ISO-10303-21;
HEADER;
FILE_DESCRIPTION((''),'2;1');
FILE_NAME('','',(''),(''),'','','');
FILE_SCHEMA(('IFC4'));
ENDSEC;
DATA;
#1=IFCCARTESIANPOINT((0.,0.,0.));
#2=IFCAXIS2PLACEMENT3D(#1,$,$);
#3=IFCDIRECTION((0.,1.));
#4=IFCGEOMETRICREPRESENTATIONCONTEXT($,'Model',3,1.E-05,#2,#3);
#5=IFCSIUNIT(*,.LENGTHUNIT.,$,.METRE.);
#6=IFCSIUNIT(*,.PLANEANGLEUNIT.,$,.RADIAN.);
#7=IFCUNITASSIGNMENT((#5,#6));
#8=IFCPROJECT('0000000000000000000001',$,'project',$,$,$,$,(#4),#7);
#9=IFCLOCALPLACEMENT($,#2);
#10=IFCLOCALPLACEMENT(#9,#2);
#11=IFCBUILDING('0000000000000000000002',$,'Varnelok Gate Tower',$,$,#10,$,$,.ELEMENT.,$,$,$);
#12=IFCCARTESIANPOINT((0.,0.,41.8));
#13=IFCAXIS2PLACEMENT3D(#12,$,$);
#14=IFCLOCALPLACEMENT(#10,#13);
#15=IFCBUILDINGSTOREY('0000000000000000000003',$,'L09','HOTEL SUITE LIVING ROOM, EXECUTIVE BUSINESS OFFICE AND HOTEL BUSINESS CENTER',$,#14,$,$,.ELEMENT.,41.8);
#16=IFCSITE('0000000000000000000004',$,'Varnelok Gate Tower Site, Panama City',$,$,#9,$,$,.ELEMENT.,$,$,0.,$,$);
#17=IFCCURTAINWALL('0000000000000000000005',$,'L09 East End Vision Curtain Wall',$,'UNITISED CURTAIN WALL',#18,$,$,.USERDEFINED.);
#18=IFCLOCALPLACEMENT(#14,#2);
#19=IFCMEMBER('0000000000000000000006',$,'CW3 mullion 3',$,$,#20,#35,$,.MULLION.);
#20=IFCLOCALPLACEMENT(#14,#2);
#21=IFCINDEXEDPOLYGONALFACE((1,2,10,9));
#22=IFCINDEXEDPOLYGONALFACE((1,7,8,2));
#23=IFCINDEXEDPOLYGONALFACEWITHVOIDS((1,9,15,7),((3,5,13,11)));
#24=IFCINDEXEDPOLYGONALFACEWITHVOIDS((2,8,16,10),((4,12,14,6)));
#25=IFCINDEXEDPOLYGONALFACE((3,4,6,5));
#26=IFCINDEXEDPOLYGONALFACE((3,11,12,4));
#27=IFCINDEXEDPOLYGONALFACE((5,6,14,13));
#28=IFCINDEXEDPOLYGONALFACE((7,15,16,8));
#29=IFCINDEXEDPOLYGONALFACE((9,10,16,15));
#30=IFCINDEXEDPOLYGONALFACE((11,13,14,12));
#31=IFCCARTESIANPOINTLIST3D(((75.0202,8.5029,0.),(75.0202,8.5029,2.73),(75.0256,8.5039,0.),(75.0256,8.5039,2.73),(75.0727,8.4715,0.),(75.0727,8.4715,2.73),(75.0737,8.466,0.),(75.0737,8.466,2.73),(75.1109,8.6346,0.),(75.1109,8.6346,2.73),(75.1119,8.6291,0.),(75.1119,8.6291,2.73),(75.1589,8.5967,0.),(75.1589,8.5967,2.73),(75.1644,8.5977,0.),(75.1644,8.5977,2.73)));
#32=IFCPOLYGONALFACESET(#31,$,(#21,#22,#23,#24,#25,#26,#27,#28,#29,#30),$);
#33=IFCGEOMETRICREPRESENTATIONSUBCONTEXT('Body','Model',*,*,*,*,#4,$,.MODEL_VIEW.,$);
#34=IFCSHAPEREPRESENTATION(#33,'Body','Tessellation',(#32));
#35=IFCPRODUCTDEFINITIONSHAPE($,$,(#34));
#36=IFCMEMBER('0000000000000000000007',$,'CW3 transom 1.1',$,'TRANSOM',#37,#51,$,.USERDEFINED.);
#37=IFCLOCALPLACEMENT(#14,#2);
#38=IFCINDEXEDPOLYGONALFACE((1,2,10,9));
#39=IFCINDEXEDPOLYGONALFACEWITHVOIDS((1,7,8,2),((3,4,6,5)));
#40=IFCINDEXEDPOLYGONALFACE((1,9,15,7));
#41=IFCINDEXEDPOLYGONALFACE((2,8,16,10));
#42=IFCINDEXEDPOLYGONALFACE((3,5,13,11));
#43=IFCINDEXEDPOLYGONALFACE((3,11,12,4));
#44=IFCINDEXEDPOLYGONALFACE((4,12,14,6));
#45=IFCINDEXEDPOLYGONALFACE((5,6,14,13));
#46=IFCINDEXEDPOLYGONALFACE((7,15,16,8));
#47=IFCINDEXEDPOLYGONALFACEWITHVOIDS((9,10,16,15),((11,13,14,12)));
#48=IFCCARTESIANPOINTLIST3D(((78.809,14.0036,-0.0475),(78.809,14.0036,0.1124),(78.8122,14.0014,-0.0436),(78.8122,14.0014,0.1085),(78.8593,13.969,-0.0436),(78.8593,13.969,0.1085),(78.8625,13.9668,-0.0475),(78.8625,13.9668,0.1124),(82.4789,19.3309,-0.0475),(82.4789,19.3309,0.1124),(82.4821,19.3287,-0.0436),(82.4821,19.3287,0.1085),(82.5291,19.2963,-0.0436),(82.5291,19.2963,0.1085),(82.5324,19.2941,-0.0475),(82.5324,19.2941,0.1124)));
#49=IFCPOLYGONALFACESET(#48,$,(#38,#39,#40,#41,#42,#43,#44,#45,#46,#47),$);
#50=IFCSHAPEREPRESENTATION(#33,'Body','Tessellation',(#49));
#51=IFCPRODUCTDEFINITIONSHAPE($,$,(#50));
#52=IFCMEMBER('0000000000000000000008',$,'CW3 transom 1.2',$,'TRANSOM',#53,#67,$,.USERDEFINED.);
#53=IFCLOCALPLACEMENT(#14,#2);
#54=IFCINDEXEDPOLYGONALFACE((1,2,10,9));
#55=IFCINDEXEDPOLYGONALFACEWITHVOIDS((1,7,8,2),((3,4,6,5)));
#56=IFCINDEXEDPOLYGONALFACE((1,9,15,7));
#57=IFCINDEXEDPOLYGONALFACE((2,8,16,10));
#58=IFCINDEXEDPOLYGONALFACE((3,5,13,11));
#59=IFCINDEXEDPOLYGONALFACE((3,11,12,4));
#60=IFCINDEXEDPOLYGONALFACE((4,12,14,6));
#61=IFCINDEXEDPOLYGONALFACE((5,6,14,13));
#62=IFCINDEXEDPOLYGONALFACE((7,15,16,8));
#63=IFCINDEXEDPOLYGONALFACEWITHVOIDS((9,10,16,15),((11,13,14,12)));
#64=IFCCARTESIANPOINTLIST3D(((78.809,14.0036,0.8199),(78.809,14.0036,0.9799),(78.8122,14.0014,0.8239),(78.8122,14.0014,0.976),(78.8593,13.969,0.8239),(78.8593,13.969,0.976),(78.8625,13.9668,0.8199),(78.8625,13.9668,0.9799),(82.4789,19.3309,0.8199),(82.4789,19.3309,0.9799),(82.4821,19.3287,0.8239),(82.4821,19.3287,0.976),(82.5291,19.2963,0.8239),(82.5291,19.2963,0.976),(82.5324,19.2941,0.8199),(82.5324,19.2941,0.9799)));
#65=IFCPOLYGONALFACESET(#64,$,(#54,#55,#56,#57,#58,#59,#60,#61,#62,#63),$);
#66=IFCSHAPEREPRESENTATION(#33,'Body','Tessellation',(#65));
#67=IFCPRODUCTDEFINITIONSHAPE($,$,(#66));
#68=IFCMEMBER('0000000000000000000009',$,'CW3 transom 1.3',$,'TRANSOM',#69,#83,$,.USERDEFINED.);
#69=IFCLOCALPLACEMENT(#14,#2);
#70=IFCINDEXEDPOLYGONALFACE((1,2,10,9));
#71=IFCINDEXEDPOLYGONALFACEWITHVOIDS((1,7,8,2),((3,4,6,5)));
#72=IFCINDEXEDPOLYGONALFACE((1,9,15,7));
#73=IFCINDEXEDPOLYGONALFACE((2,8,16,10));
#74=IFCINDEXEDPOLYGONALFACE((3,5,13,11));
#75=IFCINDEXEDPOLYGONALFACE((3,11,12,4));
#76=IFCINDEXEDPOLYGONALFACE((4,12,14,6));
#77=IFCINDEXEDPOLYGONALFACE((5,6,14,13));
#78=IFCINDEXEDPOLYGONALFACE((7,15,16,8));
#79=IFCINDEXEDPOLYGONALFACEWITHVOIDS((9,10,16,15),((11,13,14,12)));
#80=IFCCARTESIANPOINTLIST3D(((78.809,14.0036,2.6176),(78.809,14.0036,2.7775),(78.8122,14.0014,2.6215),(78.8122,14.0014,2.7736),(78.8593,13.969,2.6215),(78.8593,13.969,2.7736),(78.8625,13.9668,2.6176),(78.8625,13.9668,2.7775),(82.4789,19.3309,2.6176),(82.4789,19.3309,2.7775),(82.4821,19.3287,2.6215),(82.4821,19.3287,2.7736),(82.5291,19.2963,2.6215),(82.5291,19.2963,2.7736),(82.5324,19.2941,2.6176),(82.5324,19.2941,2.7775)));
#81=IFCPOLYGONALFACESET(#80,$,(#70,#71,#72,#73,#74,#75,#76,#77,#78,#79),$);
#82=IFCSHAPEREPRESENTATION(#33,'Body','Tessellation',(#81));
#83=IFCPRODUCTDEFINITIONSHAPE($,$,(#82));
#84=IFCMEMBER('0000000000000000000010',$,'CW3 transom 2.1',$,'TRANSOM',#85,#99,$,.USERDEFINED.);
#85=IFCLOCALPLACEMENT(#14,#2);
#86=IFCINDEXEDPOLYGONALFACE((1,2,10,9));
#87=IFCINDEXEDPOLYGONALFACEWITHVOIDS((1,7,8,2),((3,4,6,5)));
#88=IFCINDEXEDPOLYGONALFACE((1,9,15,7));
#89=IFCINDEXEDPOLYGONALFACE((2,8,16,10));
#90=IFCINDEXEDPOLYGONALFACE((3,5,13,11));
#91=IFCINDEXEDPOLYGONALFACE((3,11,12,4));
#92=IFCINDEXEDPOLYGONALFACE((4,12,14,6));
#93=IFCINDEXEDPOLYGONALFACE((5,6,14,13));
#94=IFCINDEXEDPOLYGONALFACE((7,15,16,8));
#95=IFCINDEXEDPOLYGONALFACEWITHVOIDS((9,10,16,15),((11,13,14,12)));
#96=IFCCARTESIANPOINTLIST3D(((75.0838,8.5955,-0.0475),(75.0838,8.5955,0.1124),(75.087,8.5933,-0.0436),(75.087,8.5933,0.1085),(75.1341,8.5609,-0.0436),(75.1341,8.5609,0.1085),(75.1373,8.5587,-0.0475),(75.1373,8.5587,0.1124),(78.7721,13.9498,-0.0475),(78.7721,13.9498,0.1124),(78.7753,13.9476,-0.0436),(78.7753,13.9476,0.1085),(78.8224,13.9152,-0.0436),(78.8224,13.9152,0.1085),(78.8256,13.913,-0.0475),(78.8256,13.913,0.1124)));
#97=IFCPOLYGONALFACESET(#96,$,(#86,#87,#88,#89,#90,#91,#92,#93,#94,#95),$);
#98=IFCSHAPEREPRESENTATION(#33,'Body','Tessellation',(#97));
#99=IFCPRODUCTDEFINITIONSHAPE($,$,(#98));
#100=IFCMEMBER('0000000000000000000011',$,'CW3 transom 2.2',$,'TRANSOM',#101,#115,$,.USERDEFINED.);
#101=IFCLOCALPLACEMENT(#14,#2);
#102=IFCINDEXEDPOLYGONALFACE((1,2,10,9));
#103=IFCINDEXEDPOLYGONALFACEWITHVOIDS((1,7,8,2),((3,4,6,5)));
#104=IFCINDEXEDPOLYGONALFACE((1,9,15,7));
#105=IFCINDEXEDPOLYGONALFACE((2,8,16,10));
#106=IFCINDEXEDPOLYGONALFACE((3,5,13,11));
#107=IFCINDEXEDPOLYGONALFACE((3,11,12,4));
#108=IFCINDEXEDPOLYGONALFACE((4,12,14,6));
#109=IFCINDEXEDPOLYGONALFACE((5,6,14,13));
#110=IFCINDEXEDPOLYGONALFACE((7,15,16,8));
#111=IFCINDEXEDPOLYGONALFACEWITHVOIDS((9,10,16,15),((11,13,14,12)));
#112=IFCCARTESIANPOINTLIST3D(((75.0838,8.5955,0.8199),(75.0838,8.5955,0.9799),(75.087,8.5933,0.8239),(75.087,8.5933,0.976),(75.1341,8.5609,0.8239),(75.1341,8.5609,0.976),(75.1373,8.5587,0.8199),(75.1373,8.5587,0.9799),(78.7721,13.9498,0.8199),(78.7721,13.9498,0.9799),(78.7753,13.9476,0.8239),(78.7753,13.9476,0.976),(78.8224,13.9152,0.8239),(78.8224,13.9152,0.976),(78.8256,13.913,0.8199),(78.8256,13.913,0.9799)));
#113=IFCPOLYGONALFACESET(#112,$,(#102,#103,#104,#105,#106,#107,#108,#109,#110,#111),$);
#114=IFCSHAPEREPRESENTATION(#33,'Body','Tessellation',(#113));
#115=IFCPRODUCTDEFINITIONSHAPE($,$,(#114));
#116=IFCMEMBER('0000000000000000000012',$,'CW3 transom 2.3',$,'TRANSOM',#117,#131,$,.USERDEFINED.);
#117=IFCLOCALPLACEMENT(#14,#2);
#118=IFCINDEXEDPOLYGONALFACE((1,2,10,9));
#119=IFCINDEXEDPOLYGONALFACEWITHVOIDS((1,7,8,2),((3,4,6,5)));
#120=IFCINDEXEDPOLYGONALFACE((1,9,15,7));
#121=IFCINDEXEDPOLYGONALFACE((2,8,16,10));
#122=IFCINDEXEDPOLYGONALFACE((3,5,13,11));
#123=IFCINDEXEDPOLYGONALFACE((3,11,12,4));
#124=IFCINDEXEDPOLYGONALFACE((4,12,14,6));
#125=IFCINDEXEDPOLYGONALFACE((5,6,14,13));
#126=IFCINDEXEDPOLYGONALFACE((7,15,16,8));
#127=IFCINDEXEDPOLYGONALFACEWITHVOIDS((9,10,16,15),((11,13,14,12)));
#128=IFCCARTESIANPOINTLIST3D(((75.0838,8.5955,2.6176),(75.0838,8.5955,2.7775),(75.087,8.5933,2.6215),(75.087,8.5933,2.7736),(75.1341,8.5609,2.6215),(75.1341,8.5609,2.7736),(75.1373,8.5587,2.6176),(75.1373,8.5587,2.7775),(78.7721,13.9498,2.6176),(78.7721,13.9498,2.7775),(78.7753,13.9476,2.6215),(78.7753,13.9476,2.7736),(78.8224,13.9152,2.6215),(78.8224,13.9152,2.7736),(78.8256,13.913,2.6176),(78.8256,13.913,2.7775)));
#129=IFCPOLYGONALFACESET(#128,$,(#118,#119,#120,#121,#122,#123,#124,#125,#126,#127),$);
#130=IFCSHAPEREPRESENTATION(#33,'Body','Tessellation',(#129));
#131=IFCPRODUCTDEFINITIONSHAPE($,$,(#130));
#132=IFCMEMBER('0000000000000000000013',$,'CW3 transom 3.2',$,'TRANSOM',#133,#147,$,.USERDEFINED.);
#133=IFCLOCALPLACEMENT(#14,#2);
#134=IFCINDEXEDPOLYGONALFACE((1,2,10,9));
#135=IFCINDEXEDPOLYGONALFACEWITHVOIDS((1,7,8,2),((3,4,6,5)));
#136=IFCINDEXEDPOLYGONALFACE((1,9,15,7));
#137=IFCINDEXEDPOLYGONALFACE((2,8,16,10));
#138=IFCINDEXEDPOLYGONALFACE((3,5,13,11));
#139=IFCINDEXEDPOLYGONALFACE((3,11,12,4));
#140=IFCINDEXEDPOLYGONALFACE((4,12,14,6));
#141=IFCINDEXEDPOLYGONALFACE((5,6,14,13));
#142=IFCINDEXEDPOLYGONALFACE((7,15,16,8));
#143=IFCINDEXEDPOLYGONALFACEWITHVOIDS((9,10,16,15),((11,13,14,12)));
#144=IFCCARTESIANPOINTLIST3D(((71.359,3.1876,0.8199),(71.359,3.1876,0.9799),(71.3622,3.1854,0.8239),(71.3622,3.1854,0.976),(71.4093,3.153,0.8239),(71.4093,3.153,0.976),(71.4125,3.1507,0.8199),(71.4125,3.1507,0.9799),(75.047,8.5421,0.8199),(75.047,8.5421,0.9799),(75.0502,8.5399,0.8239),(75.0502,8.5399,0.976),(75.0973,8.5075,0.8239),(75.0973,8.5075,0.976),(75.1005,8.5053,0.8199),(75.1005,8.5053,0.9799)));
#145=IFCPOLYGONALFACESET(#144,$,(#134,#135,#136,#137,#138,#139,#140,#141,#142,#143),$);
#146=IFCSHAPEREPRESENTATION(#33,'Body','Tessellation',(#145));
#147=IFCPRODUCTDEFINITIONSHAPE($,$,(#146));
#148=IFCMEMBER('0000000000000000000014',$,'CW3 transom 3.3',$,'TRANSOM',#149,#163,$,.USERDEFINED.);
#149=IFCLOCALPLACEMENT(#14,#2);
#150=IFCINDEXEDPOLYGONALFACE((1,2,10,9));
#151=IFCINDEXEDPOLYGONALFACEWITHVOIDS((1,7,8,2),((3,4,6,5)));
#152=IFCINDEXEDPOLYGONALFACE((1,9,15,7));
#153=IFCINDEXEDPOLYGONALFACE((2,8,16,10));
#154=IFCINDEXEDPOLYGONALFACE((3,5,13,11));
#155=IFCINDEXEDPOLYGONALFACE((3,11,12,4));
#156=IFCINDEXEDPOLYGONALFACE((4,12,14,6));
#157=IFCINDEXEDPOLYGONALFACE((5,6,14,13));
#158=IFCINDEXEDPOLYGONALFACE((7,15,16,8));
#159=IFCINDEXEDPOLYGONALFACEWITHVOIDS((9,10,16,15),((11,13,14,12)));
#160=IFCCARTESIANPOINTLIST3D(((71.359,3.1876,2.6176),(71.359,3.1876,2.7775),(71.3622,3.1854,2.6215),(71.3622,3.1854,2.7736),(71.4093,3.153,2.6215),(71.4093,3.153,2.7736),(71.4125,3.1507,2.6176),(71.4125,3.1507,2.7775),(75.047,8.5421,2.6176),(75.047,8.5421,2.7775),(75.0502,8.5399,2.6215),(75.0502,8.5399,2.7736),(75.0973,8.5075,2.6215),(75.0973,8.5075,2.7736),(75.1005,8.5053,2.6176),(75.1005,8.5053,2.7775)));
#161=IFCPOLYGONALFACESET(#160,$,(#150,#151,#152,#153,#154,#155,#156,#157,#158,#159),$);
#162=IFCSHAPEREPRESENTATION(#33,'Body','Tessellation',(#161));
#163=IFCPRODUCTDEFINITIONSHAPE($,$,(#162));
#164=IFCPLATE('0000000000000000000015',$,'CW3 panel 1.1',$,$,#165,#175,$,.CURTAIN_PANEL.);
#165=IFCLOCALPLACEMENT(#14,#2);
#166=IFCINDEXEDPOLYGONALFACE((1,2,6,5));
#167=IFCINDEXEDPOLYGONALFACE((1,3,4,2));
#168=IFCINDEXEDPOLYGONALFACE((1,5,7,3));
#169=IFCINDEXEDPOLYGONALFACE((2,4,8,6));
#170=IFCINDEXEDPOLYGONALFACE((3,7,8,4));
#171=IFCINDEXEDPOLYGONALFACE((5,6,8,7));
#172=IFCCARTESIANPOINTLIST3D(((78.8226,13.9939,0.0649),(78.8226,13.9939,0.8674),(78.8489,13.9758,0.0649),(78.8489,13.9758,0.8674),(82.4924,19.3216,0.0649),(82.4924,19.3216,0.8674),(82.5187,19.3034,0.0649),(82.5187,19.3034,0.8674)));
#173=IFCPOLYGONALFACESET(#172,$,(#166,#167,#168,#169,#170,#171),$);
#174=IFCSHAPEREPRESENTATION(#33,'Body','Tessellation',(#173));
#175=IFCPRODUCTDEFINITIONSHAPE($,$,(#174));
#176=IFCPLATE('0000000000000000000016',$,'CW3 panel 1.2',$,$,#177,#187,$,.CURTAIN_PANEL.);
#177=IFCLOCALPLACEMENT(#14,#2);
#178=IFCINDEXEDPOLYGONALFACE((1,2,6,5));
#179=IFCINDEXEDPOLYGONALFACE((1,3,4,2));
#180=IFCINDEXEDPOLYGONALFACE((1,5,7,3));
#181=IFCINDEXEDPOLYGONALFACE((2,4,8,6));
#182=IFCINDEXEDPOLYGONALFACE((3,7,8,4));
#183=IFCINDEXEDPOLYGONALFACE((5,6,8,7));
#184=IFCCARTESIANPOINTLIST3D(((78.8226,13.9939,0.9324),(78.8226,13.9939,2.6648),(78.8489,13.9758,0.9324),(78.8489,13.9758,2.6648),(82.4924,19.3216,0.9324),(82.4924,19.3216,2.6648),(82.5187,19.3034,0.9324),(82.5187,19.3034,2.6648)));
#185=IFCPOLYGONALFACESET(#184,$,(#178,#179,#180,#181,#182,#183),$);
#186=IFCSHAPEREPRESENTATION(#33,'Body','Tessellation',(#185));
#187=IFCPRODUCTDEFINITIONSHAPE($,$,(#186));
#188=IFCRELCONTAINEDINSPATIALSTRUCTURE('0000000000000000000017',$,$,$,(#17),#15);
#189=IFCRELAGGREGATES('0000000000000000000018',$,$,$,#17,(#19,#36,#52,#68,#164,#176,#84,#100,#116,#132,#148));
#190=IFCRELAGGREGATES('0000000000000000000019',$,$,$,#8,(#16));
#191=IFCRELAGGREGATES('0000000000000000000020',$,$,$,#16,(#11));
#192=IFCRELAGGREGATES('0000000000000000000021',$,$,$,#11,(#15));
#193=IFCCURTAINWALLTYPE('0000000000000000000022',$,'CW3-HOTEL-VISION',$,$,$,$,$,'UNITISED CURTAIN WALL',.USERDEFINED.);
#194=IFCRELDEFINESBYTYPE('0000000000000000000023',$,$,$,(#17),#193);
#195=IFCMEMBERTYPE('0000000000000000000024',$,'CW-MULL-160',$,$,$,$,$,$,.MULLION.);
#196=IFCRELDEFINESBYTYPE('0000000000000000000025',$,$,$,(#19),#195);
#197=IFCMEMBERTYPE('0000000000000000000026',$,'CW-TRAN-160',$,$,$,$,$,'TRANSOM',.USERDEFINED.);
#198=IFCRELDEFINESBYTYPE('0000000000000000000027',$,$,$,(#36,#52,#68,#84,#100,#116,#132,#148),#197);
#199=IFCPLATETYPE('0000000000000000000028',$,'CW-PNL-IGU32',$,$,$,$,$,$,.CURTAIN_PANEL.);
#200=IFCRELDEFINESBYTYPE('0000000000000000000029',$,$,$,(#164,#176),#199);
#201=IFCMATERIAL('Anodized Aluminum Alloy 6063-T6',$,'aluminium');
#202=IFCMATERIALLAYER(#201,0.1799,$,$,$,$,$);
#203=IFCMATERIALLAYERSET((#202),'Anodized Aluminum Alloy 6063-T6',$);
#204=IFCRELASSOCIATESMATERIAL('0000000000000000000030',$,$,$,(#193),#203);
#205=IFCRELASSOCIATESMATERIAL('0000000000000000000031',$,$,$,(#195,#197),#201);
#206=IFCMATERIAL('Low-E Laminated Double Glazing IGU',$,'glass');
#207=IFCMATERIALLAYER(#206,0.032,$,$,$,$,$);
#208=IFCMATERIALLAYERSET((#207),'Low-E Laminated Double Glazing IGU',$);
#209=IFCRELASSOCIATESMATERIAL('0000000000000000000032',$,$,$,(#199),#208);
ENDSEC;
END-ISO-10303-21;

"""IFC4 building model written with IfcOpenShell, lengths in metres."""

from ifc_helpers import new_model, si_unit, direction, frame, origin, origin_2d, place, context, subcontext, project, spatial, rectangle, hollow_rectangle, extrude, source, transform, mapped, material, layer, layer_set, material_profile, profile_set, type_object, element, aggregate, save


model = new_model("IFC4")

# Units and contexts
model_context = context("Model", 3, precision=1e-05, world=origin(), true_north=direction((0.0, 1.0)))
body_context = subcontext(model_context, "Body", "Model", "MODEL_VIEW")
ifc_project = project(units=[si_unit("LENGTHUNIT", "METRE"), si_unit("PLANEANGLEUNIT", "RADIAN")], contexts=[model_context])

# Site, building, storey
site_placement = place(None, origin())
site = spatial("IfcSite", under=ifc_project, at=site_placement, Name="Varnelok Gate Tower Site, Panama City", CompositionType="ELEMENT", RefElevation=0.0)
building_placement = place(site_placement, origin())
building = spatial("IfcBuilding", under=site, at=building_placement, Name="Varnelok Gate Tower", CompositionType="ELEMENT")
storey_placement = place(building_placement, frame((0.0, 0.0, 41.8)))
storey = spatial("IfcBuildingStorey", under=building, at=storey_placement, Name="L09", Description="HOTEL SUITE LIVING ROOM, EXECUTIVE BUSINESS OFFICE AND HOTEL BUSINESS CENTER", CompositionType="ELEMENT", Elevation=41.8)

# Curtain wall, members, plates
ifc_material_1 = material(Name="Anodized Aluminum Alloy 6063-T6", Category="aluminium")
ifc_layer_1 = layer(ifc_material_1, 0.1799)
ifc_layer_set_1 = layer_set([ifc_layer_1], Name="Anodized Aluminum Alloy 6063-T6")
curtain_wall_type = type_object("IfcCurtainWallType", Name="CW3-HOTEL-VISION", ElementType="UNITISED CURTAIN WALL", PredefinedType="USERDEFINED", material=ifc_layer_set_1)
curtain_wall_placement = place(storey_placement, origin())
curtain_wall = element("IfcCurtainWall", 1, at=curtain_wall_placement, inside=storey, type_object=curtain_wall_type, Name="L09 East End Vision Curtain Wall", ObjectType="UNITISED CURTAIN WALL", PredefinedType="USERDEFINED")
ifc_material_profile_1 = material_profile(ifc_material_1, hollow_rectangle(XDim=0.0649, YDim=0.1599, WallThickness=0.0039, at=origin_2d()), Name="ALU160X65X4")
ifc_profile_set_1 = profile_set([ifc_material_profile_1], Name="Anodized Aluminum Alloy 6063-T6")
member_type_1 = type_object("IfcMemberType", Name="CW-MULL-160", PredefinedType="MULLION", material=ifc_profile_set_1)
member_1_placement = place(storey_placement, frame((75.0923, 8.5503, 0.0), z_axis=(0.0, 0.0, 1.0), x_axis=(0.823533, -0.567269, 0.0)))
member_1 = element("IfcMember", 2, at=member_1_placement, type_object=member_type_1, Name="CW3 mullion 3", PredefinedType="MULLION", context=body_context, shape_type="SweptSolid", body=[
    extrude(hollow_rectangle(XDim=0.0649, YDim=0.1599, WallThickness=0.0039, at=origin_2d()), origin(), (0.0, 0.0, 1.0), 2.73),
])
ifc_material_profile_2 = material_profile(ifc_material_1, hollow_rectangle(XDim=0.0649, YDim=0.1599, WallThickness=0.0039, at=origin_2d()), Name="ALU160X65X4")
ifc_profile_set_2 = profile_set([ifc_material_profile_2], Name="Anodized Aluminum Alloy 6063-T6")
member_type_2 = type_object("IfcMemberType", Name="CW-TRAN-160", ElementType="TRANSOM", PredefinedType="USERDEFINED", material=ifc_profile_set_2)
member_2_placement = place(storey_placement, frame((82.5056, 19.3125, 0.0325), z_axis=(-0.567299, -0.823512, 0.0), x_axis=(0.823512, -0.567299, 0.0)))
member_2 = element("IfcMember", 3, at=member_2_placement, type_object=member_type_2, Name="CW3 transom 1.1", ObjectType="TRANSOM", PredefinedType="USERDEFINED", context=body_context, shape_type="SweptSolid", body=[
    extrude(hollow_rectangle(XDim=0.0649, YDim=0.1599, WallThickness=0.0039, at=origin_2d()), origin(), (0.0, 0.0, 1.0), 6.469),
])
member_3_placement = place(storey_placement, frame((82.5056, 19.3125, 0.8999), z_axis=(-0.567299, -0.823512, 0.0), x_axis=(0.823512, -0.567299, 0.0)))
member_3 = element("IfcMember", 4, at=member_3_placement, type_object=member_type_2, Name="CW3 transom 1.2", ObjectType="TRANSOM", PredefinedType="USERDEFINED", context=body_context, shape_type="SweptSolid", body=[
    extrude(hollow_rectangle(XDim=0.0649, YDim=0.1599, WallThickness=0.0039, at=origin_2d()), origin(), (0.0, 0.0, 1.0), 6.469),
])
member_4_placement = place(storey_placement, frame((82.5056, 19.3125, 2.6975), z_axis=(-0.567299, -0.823512, 0.0), x_axis=(0.823512, -0.567299, 0.0)))
member_4 = element("IfcMember", 5, at=member_4_placement, type_object=member_type_2, Name="CW3 transom 1.3", ObjectType="TRANSOM", PredefinedType="USERDEFINED", context=body_context, shape_type="SweptSolid", body=[
    extrude(hollow_rectangle(XDim=0.0649, YDim=0.1599, WallThickness=0.0039, at=origin_2d()), origin(), (0.0, 0.0, 1.0), 6.469),
])
member_5_placement = place(storey_placement, frame((78.7988, 13.9314, 0.0325), z_axis=(-0.567279, -0.823526, 0.0), x_axis=(0.823526, -0.567279, 0.0)))
member_5 = element("IfcMember", 6, at=member_5_placement, type_object=member_type_2, Name="CW3 transom 2.1", ObjectType="TRANSOM", PredefinedType="USERDEFINED", context=body_context, shape_type="SweptSolid", body=[
    extrude(hollow_rectangle(XDim=0.0649, YDim=0.1599, WallThickness=0.0039, at=origin_2d()), origin(), (0.0, 0.0, 1.0), 6.5017),
])
member_6_placement = place(storey_placement, frame((78.7988, 13.9314, 0.8999), z_axis=(-0.567279, -0.823526, 0.0), x_axis=(0.823526, -0.567279, 0.0)))
member_6 = element("IfcMember", 7, at=member_6_placement, type_object=member_type_2, Name="CW3 transom 2.2", ObjectType="TRANSOM", PredefinedType="USERDEFINED", context=body_context, shape_type="SweptSolid", body=[
    extrude(hollow_rectangle(XDim=0.0649, YDim=0.1599, WallThickness=0.0039, at=origin_2d()), origin(), (0.0, 0.0, 1.0), 6.5017),
])
member_7_placement = place(storey_placement, frame((78.7988, 13.9314, 2.6975), z_axis=(-0.567279, -0.823526, 0.0), x_axis=(0.823526, -0.567279, 0.0)))
member_7 = element("IfcMember", 8, at=member_7_placement, type_object=member_type_2, Name="CW3 transom 2.3", ObjectType="TRANSOM", PredefinedType="USERDEFINED", context=body_context, shape_type="SweptSolid", body=[
    extrude(hollow_rectangle(XDim=0.0649, YDim=0.1599, WallThickness=0.0039, at=origin_2d()), origin(), (0.0, 0.0, 1.0), 6.5017),
])
member_8_placement = place(storey_placement, frame((75.0737, 8.5237, 0.8999), z_axis=(-0.567236, -0.823555, 0.0), x_axis=(0.823555, -0.567236, 0.0)))
member_8 = element("IfcMember", 9, at=member_8_placement, type_object=member_type_2, Name="CW3 transom 3.2", ObjectType="TRANSOM", PredefinedType="USERDEFINED", context=body_context, shape_type="SweptSolid", body=[
    extrude(hollow_rectangle(XDim=0.0649, YDim=0.1599, WallThickness=0.0039, at=origin_2d()), origin(), (0.0, 0.0, 1.0), 6.5017),
])
member_9_placement = place(storey_placement, frame((75.0737, 8.5237, 2.6975), z_axis=(-0.567236, -0.823555, 0.0), x_axis=(0.823555, -0.567236, 0.0)))
member_9 = element("IfcMember", 10, at=member_9_placement, type_object=member_type_2, Name="CW3 transom 3.3", ObjectType="TRANSOM", PredefinedType="USERDEFINED", context=body_context, shape_type="SweptSolid", body=[
    extrude(hollow_rectangle(XDim=0.0649, YDim=0.1599, WallThickness=0.0039, at=origin_2d()), origin(), (0.0, 0.0, 1.0), 6.5017),
])
ifc_material_2 = material(Name="Low-E Laminated Double Glazing IGU", Category="glass")
ifc_layer_2 = layer(ifc_material_2, 0.032)
ifc_layer_set_2 = layer_set([ifc_layer_2], Name="Low-E Laminated Double Glazing IGU")
plate_type = type_object("IfcPlateType", Name="CW-PNL-IGU32", PredefinedType="CURTAIN_PANEL", material=ifc_layer_set_2)
shared_shape_1 = source(origin(), body_context, "Body", "SweptSolid", [
    extrude(rectangle(XDim=6.4692, YDim=0.032, at=origin_2d()), origin(), (0.0, 0.0, 1.0), 0.8025),
])
plate_1_placement = place(storey_placement, frame((80.6707, 16.6487, 0.0649), z_axis=(0.0, 0.0, 1.0), x_axis=(-0.567269, -0.823533, 0.0)))
plate_1 = element("IfcPlate", 11, at=plate_1_placement, type_object=plate_type, Name="CW3 panel 1.1", PredefinedType="CURTAIN_PANEL", context=body_context, shape_type="MappedRepresentation", body=[
    mapped(shared_shape_1, transform((0.0, 0.0, 0.0), scale=1.0)),
])
shared_shape_2 = source(origin(), body_context, "Body", "SweptSolid", [
    extrude(rectangle(XDim=6.4692, YDim=0.032, at=origin_2d()), origin(), (0.0, 0.0, 1.0), 1.7324),
])
plate_2_placement = place(storey_placement, frame((80.6707, 16.6487, 0.9324), z_axis=(0.0, 0.0, 1.0), x_axis=(-0.567269, -0.823533, 0.0)))
plate_2 = element("IfcPlate", 12, at=plate_2_placement, type_object=plate_type, Name="CW3 panel 1.2", PredefinedType="CURTAIN_PANEL", context=body_context, shape_type="MappedRepresentation", body=[
    mapped(shared_shape_2, transform((0.0, 0.0, 0.0), scale=1.0)),
])
aggregate(curtain_wall, [member_1, member_2, member_3, member_4, plate_1, plate_2, member_5, member_6, member_7, member_8, member_9])

save(model, "model.ifc")
